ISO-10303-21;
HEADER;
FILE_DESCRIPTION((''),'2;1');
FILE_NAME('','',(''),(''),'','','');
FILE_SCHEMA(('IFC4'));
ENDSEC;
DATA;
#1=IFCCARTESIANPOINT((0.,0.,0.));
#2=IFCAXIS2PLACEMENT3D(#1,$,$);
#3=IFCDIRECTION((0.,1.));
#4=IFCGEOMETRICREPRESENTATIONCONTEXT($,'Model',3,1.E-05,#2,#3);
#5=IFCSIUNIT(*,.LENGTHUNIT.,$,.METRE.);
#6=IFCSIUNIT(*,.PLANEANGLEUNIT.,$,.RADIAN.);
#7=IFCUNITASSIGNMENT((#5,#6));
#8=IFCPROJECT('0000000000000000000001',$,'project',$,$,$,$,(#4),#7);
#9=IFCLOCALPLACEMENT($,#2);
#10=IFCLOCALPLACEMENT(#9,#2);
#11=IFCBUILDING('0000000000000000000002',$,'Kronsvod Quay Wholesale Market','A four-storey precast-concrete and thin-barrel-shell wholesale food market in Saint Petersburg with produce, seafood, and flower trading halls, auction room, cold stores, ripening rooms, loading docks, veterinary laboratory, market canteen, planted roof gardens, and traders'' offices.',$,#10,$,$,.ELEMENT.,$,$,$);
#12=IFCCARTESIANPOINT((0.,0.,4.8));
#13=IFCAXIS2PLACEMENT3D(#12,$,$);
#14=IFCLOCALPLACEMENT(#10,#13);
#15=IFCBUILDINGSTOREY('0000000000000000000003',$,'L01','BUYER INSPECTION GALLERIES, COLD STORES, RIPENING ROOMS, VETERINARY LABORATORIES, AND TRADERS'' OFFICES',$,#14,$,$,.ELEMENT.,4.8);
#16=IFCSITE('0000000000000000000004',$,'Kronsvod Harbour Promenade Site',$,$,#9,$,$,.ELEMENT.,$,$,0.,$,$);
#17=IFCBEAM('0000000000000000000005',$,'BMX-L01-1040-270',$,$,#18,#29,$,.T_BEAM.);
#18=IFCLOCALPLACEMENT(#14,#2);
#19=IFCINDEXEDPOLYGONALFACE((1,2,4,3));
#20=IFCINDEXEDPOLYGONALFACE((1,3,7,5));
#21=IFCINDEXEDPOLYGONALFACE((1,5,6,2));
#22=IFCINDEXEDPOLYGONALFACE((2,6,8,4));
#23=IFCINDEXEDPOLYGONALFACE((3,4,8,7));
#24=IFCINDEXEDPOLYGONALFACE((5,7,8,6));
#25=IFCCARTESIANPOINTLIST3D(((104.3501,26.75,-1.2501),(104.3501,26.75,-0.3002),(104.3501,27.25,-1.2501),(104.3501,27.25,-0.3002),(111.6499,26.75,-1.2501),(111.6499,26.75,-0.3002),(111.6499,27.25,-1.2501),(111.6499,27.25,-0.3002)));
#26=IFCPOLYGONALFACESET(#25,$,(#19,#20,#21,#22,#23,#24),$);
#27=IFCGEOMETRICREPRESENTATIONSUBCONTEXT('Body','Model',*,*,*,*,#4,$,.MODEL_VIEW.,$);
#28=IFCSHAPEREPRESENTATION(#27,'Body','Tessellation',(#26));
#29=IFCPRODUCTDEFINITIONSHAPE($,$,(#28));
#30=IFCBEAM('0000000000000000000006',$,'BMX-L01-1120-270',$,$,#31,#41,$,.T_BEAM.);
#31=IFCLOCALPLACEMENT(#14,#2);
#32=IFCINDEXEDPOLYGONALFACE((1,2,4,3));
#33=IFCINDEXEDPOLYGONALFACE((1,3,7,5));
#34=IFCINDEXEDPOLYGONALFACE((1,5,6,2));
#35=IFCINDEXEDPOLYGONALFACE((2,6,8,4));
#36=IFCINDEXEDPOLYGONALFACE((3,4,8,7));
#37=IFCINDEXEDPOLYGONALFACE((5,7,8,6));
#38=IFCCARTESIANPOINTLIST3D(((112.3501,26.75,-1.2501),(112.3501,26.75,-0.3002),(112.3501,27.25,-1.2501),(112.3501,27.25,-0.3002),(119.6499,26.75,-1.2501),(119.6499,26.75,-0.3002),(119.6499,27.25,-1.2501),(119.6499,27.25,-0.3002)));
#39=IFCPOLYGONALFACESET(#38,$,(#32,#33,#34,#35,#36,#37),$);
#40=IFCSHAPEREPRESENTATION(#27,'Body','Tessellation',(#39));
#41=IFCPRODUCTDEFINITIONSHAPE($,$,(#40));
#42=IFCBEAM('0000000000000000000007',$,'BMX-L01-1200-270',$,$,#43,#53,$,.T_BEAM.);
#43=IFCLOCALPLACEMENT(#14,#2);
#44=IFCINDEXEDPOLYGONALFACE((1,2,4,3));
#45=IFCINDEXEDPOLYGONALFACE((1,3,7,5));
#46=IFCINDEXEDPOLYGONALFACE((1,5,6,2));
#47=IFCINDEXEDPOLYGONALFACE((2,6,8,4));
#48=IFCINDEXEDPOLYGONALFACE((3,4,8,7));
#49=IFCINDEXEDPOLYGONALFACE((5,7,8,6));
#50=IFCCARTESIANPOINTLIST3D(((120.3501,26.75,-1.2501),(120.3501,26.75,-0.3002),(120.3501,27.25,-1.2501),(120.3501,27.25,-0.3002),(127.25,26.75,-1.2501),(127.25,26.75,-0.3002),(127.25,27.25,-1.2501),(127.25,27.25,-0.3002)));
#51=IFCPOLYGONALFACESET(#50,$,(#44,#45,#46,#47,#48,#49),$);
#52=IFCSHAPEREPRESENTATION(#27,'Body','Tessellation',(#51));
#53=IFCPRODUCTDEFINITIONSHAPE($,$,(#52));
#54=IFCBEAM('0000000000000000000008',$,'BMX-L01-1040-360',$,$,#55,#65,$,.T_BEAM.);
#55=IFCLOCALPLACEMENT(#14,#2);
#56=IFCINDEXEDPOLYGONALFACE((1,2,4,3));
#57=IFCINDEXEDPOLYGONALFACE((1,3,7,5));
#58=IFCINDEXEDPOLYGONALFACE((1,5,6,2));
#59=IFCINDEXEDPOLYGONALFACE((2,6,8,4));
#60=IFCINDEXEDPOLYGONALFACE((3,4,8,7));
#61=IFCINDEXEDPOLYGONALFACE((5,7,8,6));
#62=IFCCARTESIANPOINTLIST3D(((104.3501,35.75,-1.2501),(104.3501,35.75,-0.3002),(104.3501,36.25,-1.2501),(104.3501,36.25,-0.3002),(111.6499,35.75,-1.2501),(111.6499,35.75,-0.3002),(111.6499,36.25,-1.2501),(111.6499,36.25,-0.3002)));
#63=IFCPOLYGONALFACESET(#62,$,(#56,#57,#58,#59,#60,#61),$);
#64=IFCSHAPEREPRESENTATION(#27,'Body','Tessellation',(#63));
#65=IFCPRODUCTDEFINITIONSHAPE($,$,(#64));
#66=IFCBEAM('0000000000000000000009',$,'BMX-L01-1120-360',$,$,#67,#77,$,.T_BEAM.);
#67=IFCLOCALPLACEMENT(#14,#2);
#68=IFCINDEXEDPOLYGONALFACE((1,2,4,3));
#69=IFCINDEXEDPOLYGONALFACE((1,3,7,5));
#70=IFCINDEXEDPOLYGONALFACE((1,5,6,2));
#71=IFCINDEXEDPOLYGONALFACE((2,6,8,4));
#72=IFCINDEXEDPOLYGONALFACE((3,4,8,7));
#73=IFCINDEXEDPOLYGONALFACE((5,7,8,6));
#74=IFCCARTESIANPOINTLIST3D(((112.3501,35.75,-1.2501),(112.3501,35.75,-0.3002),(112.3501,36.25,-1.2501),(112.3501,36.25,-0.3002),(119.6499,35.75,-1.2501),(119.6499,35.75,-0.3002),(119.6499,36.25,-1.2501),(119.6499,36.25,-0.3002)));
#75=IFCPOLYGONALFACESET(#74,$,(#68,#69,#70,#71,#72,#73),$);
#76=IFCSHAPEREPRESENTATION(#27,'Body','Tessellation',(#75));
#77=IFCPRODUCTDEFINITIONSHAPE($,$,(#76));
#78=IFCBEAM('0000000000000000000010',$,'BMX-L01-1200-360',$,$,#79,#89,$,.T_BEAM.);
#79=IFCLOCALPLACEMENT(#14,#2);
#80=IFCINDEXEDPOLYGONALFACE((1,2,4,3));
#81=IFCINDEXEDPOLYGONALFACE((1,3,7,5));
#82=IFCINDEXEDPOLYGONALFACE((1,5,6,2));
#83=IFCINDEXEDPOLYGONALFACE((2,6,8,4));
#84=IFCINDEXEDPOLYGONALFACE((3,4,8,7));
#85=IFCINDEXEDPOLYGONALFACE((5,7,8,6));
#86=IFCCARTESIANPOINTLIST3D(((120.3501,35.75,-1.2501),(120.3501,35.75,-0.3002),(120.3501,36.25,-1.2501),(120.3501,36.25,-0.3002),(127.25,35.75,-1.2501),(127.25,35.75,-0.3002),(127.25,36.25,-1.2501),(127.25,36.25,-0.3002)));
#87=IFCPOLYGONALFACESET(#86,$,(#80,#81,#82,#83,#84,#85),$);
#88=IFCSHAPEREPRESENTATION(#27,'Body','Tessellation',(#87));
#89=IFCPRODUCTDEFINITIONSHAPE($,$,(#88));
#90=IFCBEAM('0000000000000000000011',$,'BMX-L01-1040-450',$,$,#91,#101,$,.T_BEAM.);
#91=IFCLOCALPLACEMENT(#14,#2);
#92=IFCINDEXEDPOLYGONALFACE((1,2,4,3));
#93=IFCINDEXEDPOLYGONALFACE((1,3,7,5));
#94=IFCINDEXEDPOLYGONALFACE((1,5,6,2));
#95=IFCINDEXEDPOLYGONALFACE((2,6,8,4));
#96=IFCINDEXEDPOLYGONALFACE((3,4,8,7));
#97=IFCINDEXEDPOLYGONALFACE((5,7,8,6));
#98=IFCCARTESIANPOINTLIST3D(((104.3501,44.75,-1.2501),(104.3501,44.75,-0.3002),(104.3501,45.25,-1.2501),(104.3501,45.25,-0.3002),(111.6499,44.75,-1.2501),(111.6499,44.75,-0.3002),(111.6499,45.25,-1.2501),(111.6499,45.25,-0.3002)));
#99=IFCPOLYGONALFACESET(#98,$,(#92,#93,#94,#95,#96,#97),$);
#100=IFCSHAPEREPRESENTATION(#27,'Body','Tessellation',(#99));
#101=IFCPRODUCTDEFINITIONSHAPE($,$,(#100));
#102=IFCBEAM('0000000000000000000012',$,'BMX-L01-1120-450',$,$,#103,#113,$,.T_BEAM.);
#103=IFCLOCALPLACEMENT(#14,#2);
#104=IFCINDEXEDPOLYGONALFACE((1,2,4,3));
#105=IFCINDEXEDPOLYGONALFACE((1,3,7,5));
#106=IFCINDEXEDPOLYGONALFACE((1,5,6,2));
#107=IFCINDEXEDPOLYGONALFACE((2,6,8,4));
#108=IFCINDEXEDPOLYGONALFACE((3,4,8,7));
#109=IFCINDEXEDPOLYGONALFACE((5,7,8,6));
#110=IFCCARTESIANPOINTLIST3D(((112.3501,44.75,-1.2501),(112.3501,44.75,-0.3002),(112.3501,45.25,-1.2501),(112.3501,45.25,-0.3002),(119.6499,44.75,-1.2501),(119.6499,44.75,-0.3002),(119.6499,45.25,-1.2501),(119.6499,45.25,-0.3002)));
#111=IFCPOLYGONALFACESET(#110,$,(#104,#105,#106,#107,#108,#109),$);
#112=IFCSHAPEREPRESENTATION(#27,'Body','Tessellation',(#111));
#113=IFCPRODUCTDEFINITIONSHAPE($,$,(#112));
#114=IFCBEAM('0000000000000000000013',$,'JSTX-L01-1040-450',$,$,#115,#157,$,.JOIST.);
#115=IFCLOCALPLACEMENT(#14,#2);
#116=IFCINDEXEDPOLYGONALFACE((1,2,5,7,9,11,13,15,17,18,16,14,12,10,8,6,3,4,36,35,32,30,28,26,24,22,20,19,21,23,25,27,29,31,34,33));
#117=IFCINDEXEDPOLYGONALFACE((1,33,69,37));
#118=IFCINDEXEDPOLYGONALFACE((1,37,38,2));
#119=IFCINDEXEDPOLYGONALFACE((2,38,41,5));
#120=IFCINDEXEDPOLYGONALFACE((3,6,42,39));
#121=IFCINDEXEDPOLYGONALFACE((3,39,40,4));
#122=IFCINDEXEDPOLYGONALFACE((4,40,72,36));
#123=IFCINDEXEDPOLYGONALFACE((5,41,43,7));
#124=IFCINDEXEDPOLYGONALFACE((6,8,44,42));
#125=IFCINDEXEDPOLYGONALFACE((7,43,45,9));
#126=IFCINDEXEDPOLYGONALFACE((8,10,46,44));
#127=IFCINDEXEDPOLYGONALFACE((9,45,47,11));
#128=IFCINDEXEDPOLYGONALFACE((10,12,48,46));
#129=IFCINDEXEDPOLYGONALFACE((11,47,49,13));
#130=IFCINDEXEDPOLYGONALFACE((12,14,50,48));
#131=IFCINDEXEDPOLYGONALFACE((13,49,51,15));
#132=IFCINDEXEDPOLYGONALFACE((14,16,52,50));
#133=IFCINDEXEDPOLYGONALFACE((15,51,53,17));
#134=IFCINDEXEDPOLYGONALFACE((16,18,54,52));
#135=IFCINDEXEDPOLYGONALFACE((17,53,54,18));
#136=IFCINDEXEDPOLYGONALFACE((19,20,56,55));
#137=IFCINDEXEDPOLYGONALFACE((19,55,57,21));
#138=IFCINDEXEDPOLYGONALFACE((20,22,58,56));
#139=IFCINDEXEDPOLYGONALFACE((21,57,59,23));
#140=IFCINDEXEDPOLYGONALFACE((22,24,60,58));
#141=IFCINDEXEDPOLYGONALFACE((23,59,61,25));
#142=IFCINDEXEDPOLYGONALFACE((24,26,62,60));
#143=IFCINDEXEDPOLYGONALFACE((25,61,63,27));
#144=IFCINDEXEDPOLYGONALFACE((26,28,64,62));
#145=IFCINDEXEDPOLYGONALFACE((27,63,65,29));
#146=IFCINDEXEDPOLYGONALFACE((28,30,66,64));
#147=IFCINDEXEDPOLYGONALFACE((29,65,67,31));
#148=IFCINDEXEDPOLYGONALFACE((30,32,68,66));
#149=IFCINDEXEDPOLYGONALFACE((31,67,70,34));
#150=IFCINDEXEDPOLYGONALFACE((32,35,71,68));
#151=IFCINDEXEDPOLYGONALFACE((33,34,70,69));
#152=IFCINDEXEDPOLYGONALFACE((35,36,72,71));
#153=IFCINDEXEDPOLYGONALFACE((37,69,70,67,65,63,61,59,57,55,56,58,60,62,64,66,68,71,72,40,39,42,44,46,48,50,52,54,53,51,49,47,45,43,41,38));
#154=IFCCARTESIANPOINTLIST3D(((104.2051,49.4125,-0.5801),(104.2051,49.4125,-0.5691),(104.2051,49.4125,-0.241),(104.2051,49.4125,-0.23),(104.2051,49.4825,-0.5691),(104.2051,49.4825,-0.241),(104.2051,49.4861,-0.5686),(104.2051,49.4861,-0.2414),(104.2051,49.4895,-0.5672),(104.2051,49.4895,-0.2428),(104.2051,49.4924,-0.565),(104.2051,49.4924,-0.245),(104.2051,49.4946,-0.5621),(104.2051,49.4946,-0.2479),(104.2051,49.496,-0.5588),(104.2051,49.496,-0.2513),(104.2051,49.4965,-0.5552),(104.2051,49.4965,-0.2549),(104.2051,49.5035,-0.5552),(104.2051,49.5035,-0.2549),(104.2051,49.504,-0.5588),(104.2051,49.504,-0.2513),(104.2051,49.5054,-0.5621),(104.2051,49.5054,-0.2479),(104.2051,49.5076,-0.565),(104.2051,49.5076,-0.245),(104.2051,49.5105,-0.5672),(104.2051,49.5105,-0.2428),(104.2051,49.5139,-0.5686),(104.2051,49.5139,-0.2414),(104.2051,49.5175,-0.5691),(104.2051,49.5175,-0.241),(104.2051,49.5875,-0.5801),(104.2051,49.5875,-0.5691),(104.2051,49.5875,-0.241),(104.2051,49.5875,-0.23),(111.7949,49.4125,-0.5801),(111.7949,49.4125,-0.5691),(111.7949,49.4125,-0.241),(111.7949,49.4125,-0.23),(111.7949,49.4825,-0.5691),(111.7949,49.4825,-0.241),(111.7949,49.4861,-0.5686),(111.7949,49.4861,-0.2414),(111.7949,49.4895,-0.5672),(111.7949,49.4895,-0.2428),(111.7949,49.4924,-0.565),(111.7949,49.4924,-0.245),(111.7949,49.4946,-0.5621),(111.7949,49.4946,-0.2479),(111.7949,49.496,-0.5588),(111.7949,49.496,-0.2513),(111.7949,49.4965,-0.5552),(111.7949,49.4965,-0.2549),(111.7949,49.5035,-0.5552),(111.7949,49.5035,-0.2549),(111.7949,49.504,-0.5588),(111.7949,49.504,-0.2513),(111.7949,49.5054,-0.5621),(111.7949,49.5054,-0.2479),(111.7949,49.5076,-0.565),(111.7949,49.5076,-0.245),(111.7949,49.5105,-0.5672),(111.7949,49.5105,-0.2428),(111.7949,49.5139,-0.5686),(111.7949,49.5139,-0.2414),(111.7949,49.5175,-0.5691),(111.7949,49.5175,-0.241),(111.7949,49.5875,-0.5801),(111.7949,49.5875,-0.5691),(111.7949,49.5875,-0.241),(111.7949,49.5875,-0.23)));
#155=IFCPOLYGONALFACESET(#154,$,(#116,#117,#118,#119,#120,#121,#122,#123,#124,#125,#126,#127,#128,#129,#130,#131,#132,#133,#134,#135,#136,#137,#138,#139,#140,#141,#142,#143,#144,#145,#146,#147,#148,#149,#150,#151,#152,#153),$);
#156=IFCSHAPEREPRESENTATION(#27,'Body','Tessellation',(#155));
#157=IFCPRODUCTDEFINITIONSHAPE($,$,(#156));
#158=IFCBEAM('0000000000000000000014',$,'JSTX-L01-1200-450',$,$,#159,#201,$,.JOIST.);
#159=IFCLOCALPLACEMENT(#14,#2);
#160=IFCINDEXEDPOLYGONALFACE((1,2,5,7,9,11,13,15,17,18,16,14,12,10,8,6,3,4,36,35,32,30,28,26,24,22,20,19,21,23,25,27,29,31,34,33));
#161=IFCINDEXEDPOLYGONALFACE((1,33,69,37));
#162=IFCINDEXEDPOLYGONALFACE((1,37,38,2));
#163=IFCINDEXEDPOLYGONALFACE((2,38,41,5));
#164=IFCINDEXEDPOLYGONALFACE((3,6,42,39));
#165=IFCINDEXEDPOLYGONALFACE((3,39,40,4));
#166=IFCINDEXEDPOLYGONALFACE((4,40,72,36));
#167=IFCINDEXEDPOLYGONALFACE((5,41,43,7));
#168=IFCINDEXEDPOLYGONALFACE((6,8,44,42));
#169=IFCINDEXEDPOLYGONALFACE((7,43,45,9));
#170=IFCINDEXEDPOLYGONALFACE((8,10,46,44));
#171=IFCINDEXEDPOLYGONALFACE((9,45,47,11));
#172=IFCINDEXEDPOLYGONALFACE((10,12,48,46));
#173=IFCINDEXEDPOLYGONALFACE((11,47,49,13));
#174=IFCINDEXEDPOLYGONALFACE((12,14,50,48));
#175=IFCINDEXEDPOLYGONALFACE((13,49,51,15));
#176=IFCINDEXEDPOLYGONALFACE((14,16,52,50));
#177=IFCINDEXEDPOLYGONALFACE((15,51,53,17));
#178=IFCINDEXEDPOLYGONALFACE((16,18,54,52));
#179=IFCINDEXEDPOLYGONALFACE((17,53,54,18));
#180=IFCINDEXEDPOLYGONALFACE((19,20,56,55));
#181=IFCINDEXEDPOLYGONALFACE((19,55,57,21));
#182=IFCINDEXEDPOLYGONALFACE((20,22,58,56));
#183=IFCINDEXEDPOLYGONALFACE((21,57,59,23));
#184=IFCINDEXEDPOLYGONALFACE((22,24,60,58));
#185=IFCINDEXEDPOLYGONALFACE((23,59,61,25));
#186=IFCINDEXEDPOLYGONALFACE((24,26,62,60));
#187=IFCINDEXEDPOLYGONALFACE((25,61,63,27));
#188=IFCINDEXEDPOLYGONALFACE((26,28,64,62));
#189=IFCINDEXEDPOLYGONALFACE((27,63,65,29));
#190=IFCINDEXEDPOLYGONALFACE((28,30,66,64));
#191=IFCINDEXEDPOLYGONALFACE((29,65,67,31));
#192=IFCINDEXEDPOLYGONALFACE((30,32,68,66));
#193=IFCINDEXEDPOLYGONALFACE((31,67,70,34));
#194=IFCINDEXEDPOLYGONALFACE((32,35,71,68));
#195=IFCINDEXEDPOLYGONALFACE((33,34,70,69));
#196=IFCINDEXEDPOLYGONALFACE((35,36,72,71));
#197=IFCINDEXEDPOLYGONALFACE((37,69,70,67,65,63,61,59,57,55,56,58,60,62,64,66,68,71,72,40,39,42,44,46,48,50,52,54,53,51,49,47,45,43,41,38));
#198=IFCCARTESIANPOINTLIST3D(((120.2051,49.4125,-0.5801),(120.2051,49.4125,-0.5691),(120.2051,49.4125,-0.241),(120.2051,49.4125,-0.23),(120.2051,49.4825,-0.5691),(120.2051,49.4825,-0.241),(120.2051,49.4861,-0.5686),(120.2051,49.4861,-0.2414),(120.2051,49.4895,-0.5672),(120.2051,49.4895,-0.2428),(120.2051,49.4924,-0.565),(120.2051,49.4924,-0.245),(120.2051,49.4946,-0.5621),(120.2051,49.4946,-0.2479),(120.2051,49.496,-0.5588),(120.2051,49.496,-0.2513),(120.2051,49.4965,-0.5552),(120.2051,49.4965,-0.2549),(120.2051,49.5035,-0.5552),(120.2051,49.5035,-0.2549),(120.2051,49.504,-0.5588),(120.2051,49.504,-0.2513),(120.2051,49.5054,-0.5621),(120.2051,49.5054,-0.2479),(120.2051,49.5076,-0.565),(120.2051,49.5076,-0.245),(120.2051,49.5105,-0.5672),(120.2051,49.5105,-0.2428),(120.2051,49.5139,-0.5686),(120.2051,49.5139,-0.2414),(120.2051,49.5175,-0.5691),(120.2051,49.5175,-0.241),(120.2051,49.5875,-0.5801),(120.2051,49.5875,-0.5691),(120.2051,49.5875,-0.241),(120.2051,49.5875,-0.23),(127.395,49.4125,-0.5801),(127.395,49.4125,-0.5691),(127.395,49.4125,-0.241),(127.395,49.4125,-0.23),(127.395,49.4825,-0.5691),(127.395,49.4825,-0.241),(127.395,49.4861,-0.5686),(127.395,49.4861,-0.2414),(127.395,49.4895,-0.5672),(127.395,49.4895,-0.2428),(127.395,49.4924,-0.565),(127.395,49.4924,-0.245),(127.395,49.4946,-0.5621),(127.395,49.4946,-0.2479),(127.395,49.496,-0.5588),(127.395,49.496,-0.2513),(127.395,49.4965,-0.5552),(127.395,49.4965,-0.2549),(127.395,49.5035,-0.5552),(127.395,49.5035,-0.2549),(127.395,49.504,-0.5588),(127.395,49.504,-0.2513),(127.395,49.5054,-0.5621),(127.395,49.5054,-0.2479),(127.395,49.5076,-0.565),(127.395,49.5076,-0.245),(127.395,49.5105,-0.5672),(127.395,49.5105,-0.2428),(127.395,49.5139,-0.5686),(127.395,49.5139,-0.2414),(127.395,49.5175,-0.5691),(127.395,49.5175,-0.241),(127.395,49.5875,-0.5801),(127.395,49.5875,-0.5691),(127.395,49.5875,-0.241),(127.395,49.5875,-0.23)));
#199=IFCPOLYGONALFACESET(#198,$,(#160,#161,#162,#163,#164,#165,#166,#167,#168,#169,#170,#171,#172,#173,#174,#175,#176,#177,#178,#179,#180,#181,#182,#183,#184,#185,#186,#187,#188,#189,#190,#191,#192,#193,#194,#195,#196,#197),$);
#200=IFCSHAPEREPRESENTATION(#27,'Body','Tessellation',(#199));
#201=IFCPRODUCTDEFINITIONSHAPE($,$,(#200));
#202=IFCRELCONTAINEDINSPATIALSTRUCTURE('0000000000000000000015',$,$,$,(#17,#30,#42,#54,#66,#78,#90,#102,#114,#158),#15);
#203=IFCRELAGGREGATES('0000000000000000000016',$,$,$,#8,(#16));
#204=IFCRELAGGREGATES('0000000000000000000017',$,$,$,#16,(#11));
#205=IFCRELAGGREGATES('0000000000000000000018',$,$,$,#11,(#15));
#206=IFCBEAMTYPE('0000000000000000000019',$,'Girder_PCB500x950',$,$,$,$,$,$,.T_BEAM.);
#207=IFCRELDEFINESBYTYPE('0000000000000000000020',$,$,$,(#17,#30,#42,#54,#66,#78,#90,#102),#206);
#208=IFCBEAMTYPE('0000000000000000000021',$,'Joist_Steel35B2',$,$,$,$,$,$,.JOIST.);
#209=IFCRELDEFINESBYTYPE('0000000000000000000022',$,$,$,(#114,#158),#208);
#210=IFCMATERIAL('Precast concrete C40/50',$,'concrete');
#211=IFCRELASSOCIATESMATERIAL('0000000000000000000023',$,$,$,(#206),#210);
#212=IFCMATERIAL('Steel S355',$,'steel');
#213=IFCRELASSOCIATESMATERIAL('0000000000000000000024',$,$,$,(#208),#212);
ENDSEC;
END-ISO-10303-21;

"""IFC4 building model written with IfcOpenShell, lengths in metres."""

from ifc_helpers import new_model, si_unit, direction, frame, origin, origin_2d, place, context, subcontext, project, spatial, rectangle, i_section, extrude, material, material_profile, profile_set, type_object, element, save


model = new_model("IFC4")

# Units and contexts
model_context = context("Model", 3, precision=1e-05, world=origin(), true_north=direction((0.0, 1.0)))
body_context = subcontext(model_context, "Body", "Model", "MODEL_VIEW")
ifc_project = project(units=[si_unit("LENGTHUNIT", "METRE"), si_unit("PLANEANGLEUNIT", "RADIAN")], contexts=[model_context])

# Site, building, storey
site_placement = place(None, origin())
site = spatial("IfcSite", under=ifc_project, at=site_placement, Name="Kronsvod Harbour Promenade Site", CompositionType="ELEMENT", RefElevation=0.0)
building_placement = place(site_placement, origin())
building = spatial("IfcBuilding", under=site, at=building_placement, Name="Kronsvod Quay Wholesale Market", Description="A four-storey precast-concrete and thin-barrel-shell wholesale food market in Saint Petersburg with produce, seafood, and flower trading halls, auction room, cold stores, ripening rooms, loading docks, veterinary laboratory, market canteen, planted roof gardens, and traders' offices.", CompositionType="ELEMENT")
storey_placement = place(building_placement, frame((0.0, 0.0, 4.8)))
storey = spatial("IfcBuildingStorey", under=building, at=storey_placement, Name="L01", Description="BUYER INSPECTION GALLERIES, COLD STORES, RIPENING ROOMS, VETERINARY LABORATORIES, AND TRADERS' OFFICES", CompositionType="ELEMENT", Elevation=4.8)

# Beams
ifc_material_1 = material(Name="Precast concrete C40/50", Category="concrete")
ifc_material_profile_1 = material_profile(ifc_material_1, rectangle(XDim=0.5, YDim=0.95, at=origin_2d()), Name="PCB500x950")
ifc_profile_set_1 = profile_set([ifc_material_profile_1], Name="Precast concrete C40/50")
beam_type_1 = type_object("IfcBeamType", Name="Girder_PCB500x950", PredefinedType="T_BEAM", material=ifc_profile_set_1)
for number, where, z_axis, x_axis, name in (
    (1, (104.3501, 27.0, -0.7751), (1.0, 0.0, 0.0), (0.0, 1.0, 0.0), "BMX-L01-1040-270"),
    (2, (112.3501, 27.0, -0.7751), (1.0, 0.0, 0.0), (0.0, 1.0, 0.0), "BMX-L01-1120-270"),
):
    element("IfcBeam", number, at=place(storey_placement, frame(where, z_axis=z_axis, x_axis=x_axis)), inside=storey, type_object=beam_type_1, Name=name, PredefinedType="T_BEAM", context=body_context, shape_type="SweptSolid", body=[
        extrude(rectangle(XDim=0.5, YDim=0.95, at=origin_2d()), origin(), (0.0, 0.0, 1.0), 7.2998),
    ])
beam_1_placement = place(storey_placement, frame((120.3501, 27.0, -0.7751), z_axis=(1.0, 0.0, 0.0), x_axis=(0.0, 1.0, 0.0)))
element("IfcBeam", 3, at=beam_1_placement, inside=storey, type_object=beam_type_1, Name="BMX-L01-1200-270", PredefinedType="T_BEAM", context=body_context, shape_type="SweptSolid", body=[
    extrude(rectangle(XDim=0.5, YDim=0.95, at=origin_2d()), origin(), (0.0, 0.0, 1.0), 6.8999),
])
for number, where, z_axis, x_axis, name in (
    (4, (104.3501, 36.0, -0.7751), (1.0, 0.0, 0.0), (0.0, 1.0, 0.0), "BMX-L01-1040-360"),
    (5, (112.3501, 36.0, -0.7751), (1.0, 0.0, 0.0), (0.0, 1.0, 0.0), "BMX-L01-1120-360"),
):
    element("IfcBeam", number, at=place(storey_placement, frame(where, z_axis=z_axis, x_axis=x_axis)), inside=storey, type_object=beam_type_1, Name=name, PredefinedType="T_BEAM", context=body_context, shape_type="SweptSolid", body=[
        extrude(rectangle(XDim=0.5, YDim=0.95, at=origin_2d()), origin(), (0.0, 0.0, 1.0), 7.2998),
    ])
beam_2_placement = place(storey_placement, frame((120.3501, 36.0, -0.7751), z_axis=(1.0, 0.0, 0.0), x_axis=(0.0, 1.0, 0.0)))
element("IfcBeam", 6, at=beam_2_placement, inside=storey, type_object=beam_type_1, Name="BMX-L01-1200-360", PredefinedType="T_BEAM", context=body_context, shape_type="SweptSolid", body=[
    extrude(rectangle(XDim=0.5, YDim=0.95, at=origin_2d()), origin(), (0.0, 0.0, 1.0), 6.8999),
])
for number, where, z_axis, x_axis, name in (
    (7, (104.3501, 45.0, -0.7751), (1.0, 0.0, 0.0), (0.0, 1.0, 0.0), "BMX-L01-1040-450"),
    (8, (112.3501, 45.0, -0.7751), (1.0, 0.0, 0.0), (0.0, 1.0, 0.0), "BMX-L01-1120-450"),
):
    element("IfcBeam", number, at=place(storey_placement, frame(where, z_axis=z_axis, x_axis=x_axis)), inside=storey, type_object=beam_type_1, Name=name, PredefinedType="T_BEAM", context=body_context, shape_type="SweptSolid", body=[
        extrude(rectangle(XDim=0.5, YDim=0.95, at=origin_2d()), origin(), (0.0, 0.0, 1.0), 7.2998),
    ])
ifc_material_2 = material(Name="Steel S355", Category="steel")
ifc_material_profile_2 = material_profile(ifc_material_2, i_section(OverallWidth=0.175, OverallDepth=0.3501, WebThickness=0.0071, FlangeThickness=0.011, FilletRadius=0.0139, at=origin_2d()), Name="35B2")
ifc_profile_set_2 = profile_set([ifc_material_profile_2], Name="Steel S355")
beam_type_2 = type_object("IfcBeamType", Name="Joist_Steel35B2", PredefinedType="JOIST", material=ifc_profile_set_2)
beam_3_placement = place(storey_placement, frame((104.2051, 49.5, -0.405), z_axis=(1.0, 0.0, 0.0), x_axis=(0.0, 1.0, 0.0)))
element("IfcBeam", 9, at=beam_3_placement, inside=storey, type_object=beam_type_2, Name="JSTX-L01-1040-450", PredefinedType="JOIST", context=body_context, shape_type="SweptSolid", body=[
    extrude(i_section(OverallWidth=0.175, OverallDepth=0.3501, WebThickness=0.0071, FlangeThickness=0.011, FilletRadius=0.0139, at=origin_2d()), origin(), (0.0, 0.0, 1.0), 7.5898),
])
beam_4_placement = place(storey_placement, frame((120.2051, 49.5, -0.405), z_axis=(1.0, 0.0, 0.0), x_axis=(0.0, 1.0, 0.0)))
element("IfcBeam", 10, at=beam_4_placement, inside=storey, type_object=beam_type_2, Name="JSTX-L01-1200-450", PredefinedType="JOIST", context=body_context, shape_type="SweptSolid", body=[
    extrude(i_section(OverallWidth=0.175, OverallDepth=0.3501, WebThickness=0.0071, FlangeThickness=0.011, FilletRadius=0.0139, at=origin_2d()), origin(), (0.0, 0.0, 1.0), 7.1899),
])

save(model, "model.ifc")
